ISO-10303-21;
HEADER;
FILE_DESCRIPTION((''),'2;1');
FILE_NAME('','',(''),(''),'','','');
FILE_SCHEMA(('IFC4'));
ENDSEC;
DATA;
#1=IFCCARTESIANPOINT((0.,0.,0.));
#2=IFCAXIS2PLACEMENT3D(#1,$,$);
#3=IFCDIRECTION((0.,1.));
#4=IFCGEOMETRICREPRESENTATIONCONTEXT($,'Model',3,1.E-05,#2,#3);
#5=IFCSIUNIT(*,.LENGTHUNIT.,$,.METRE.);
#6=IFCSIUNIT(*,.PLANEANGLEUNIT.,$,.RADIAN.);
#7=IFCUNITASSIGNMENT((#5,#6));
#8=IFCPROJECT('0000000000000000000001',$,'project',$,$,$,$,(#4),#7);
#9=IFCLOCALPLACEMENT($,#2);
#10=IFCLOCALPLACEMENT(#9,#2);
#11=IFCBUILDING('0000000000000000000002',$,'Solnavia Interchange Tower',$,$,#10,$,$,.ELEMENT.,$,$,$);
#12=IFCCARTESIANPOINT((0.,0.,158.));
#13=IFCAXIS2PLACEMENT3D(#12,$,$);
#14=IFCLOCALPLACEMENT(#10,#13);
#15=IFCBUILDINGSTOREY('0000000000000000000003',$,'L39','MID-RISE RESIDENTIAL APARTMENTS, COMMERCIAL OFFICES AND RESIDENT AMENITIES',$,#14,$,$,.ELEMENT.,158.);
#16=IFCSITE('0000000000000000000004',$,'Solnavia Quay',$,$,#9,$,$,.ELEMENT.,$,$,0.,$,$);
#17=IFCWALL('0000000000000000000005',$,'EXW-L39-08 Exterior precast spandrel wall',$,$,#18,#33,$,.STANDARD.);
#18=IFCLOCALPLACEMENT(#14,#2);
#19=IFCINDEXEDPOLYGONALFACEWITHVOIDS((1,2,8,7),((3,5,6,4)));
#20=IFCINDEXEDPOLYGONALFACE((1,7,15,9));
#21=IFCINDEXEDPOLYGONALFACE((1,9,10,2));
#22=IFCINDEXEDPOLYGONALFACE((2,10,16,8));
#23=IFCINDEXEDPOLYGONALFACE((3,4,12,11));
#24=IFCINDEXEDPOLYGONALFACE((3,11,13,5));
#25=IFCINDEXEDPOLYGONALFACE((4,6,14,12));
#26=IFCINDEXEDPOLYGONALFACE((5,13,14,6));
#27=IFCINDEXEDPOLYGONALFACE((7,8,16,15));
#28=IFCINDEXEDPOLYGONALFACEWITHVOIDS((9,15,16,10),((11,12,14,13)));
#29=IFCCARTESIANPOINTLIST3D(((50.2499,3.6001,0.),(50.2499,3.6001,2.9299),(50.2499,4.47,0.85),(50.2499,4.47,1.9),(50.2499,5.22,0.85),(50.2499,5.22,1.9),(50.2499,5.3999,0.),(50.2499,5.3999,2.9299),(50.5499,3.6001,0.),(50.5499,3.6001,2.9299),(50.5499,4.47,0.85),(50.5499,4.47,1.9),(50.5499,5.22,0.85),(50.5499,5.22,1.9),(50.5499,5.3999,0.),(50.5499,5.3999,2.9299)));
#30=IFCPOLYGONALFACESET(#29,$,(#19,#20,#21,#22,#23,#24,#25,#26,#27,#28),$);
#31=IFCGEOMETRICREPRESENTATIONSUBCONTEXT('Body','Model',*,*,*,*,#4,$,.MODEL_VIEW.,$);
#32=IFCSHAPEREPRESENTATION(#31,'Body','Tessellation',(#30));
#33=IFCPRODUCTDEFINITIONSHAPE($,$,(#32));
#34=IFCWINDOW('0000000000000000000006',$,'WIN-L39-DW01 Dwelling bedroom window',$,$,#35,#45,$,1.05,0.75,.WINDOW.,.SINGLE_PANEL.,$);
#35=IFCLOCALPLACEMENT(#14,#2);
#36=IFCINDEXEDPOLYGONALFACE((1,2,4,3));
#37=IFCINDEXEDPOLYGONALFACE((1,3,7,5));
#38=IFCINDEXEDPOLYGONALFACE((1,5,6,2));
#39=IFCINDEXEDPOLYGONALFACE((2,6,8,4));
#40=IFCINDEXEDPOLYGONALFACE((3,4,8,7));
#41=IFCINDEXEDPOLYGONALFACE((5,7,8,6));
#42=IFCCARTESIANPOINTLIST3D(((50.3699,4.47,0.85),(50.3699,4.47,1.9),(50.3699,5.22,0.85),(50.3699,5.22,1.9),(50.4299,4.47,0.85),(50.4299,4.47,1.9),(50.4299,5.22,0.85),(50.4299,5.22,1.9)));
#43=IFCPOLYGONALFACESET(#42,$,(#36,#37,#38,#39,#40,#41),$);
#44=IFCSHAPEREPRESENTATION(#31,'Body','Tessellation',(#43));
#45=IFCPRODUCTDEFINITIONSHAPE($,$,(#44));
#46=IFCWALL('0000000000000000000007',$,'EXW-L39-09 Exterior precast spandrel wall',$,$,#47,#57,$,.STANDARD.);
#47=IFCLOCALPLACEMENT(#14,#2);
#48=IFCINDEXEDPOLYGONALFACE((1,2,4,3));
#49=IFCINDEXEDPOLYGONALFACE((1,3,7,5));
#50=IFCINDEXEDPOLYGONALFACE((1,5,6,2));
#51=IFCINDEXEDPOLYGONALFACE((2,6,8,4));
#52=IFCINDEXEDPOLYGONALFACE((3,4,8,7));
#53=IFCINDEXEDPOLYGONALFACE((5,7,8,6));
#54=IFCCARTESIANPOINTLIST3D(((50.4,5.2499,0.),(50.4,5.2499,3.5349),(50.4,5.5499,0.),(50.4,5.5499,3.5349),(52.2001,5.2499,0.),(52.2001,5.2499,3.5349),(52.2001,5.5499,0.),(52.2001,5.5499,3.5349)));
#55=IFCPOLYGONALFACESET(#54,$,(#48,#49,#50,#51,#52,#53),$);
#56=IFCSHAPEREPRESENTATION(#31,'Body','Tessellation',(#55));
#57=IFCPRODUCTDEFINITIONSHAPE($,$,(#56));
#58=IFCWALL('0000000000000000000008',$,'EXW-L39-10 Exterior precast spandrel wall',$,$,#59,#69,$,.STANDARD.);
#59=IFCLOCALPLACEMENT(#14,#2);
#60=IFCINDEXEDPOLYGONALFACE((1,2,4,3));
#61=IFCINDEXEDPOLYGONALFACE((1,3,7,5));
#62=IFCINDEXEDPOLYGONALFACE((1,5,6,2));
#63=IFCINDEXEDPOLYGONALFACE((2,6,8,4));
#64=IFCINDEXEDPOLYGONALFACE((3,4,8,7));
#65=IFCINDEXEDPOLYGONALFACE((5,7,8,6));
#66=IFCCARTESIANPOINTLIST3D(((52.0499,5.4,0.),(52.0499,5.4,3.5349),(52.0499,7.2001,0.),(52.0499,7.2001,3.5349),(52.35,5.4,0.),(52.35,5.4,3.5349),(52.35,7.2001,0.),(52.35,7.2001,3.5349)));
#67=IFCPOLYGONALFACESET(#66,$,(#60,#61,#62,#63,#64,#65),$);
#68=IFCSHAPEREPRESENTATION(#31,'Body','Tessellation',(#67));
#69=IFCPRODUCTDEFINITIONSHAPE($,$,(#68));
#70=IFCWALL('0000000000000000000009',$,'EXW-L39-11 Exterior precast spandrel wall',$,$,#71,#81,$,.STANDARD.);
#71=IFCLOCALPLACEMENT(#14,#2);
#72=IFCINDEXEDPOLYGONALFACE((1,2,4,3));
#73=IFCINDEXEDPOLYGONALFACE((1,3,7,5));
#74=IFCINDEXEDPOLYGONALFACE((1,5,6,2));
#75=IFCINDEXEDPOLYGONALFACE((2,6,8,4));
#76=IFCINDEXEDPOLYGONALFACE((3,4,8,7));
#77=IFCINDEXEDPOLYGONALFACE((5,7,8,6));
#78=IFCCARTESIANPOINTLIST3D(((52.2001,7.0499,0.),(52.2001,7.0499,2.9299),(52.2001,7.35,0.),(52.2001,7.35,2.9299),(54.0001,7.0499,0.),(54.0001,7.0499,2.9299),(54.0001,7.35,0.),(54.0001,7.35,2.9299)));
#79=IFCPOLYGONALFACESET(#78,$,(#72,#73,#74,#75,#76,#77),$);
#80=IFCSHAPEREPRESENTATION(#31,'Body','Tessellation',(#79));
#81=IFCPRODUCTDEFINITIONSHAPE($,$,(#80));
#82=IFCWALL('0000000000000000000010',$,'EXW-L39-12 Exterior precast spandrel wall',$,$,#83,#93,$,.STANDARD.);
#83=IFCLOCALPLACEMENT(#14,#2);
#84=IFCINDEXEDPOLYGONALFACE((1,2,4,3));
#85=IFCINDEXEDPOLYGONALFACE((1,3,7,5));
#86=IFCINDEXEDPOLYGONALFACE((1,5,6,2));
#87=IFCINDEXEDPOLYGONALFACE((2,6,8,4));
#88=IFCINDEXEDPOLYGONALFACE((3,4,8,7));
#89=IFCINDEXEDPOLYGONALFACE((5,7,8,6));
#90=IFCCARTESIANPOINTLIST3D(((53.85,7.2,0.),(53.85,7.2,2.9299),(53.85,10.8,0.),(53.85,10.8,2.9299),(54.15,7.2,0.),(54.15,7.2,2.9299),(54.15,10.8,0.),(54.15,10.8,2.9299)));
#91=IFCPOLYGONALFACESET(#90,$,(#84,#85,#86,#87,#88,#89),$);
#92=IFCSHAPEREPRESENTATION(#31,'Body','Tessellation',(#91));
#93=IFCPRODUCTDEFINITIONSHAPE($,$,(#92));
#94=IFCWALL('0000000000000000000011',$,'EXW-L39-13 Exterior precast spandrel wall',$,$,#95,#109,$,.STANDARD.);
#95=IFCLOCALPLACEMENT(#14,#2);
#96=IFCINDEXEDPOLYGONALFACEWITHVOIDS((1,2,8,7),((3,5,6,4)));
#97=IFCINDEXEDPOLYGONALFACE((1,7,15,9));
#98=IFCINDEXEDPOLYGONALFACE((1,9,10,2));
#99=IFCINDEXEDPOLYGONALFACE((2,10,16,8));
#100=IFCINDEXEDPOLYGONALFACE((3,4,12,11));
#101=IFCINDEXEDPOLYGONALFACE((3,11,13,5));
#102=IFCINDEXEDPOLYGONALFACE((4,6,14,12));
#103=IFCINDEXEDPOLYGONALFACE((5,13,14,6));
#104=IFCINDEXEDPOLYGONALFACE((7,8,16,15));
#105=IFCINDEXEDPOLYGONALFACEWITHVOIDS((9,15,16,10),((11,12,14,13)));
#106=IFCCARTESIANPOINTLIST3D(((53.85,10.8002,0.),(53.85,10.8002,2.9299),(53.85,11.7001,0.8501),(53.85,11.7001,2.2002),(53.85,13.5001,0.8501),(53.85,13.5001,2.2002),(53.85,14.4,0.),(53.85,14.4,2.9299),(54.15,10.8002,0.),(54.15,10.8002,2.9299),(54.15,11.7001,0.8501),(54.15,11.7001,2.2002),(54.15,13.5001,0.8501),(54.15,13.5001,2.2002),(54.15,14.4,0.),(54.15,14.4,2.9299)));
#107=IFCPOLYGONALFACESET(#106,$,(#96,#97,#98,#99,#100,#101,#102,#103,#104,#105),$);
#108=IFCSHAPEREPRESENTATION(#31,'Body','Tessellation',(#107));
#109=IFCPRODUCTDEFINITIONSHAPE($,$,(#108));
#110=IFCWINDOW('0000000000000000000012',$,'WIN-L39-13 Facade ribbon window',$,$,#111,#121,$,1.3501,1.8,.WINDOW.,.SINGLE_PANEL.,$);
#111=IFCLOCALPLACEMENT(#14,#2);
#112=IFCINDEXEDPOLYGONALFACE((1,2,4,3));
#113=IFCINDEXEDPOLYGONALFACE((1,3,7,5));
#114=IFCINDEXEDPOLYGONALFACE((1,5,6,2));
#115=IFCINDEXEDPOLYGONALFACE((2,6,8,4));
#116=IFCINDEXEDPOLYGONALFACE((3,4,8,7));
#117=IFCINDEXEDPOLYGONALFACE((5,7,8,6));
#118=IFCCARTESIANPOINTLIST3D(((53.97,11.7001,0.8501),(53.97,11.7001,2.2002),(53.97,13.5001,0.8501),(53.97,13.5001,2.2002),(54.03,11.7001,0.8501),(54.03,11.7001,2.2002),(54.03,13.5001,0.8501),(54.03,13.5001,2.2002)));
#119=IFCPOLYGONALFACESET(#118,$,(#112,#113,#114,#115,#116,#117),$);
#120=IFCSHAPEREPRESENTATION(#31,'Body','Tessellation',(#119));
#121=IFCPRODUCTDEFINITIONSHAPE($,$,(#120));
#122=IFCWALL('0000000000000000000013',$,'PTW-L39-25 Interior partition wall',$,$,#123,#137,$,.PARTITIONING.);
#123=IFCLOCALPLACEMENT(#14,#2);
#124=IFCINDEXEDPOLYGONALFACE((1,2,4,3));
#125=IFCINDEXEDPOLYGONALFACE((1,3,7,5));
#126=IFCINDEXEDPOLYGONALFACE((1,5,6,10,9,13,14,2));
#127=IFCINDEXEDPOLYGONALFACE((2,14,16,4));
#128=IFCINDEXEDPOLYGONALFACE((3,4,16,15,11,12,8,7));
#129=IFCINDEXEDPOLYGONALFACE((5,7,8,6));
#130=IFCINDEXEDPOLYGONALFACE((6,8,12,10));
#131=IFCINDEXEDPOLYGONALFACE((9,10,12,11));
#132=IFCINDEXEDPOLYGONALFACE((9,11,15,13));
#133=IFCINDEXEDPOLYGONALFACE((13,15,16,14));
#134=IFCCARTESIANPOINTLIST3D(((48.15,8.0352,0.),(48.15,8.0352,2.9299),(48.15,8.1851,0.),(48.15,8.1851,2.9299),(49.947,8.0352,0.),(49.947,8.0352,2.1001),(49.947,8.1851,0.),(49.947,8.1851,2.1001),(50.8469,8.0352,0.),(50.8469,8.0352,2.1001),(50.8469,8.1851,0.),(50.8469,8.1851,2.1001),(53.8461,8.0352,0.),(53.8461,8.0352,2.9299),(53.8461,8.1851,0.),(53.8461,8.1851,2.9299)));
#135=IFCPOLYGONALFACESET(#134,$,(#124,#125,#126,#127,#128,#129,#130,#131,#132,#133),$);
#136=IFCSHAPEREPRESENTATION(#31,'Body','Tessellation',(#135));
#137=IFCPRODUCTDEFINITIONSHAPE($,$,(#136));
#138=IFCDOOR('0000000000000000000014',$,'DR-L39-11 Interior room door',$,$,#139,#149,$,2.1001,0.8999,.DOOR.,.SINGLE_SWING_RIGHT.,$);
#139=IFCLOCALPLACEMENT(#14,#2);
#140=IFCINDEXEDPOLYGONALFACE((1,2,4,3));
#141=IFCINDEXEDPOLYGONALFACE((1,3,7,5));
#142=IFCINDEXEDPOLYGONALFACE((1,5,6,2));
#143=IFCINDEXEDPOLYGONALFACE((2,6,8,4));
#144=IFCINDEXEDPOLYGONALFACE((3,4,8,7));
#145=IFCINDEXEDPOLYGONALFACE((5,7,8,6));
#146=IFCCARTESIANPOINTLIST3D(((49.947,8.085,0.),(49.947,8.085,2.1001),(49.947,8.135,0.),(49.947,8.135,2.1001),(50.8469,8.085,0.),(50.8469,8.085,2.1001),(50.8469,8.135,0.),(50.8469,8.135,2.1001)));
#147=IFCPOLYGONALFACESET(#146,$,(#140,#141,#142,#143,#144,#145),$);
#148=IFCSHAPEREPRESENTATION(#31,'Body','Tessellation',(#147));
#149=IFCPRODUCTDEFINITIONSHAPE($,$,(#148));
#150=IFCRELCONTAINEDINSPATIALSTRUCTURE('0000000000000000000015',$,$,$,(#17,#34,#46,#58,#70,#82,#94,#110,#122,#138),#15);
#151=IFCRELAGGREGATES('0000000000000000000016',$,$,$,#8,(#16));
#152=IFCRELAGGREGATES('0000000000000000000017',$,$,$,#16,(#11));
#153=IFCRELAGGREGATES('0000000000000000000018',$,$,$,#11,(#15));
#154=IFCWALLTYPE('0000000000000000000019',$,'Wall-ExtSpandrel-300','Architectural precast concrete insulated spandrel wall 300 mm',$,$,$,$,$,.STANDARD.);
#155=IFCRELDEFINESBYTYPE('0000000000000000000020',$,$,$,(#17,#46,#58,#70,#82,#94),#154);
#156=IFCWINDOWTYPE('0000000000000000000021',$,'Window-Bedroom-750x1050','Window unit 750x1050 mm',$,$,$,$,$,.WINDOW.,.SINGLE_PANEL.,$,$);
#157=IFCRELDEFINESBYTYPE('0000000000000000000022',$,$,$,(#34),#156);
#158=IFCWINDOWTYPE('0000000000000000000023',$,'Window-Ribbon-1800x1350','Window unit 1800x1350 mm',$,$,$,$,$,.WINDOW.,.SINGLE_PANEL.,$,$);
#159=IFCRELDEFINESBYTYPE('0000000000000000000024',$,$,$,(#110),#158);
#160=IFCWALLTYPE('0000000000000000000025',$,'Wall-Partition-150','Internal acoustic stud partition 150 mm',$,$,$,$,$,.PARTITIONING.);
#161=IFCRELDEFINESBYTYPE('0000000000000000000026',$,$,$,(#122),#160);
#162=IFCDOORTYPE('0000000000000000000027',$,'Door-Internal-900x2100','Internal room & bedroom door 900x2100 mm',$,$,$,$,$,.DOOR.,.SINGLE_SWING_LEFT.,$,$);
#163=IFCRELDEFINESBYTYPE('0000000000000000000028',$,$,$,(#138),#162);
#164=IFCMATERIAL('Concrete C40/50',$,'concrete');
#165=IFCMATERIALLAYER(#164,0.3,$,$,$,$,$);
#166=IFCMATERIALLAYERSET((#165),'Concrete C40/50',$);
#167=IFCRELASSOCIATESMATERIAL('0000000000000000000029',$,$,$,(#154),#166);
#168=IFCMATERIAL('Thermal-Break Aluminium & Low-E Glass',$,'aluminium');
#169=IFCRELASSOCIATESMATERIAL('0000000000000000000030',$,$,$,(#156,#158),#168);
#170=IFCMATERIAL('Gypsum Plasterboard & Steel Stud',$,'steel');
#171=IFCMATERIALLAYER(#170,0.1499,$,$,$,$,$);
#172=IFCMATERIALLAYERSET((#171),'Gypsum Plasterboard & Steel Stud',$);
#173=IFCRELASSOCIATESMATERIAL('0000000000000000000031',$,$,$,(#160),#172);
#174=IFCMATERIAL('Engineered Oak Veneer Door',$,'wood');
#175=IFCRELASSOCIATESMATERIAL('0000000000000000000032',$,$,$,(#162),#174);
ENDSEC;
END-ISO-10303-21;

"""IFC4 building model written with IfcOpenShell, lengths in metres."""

from ifc_helpers import new_model, si_unit, direction, frame, frame_2d, origin, place, context, subcontext, project, spatial, rectangle, extrude, material, layer, layer_set, type_object, element, fill, save


model = new_model("IFC4")

# Units and contexts
model_context = context("Model", 3, precision=1e-05, world=origin(), true_north=direction((0.0, 1.0)))
body_context = subcontext(model_context, "Body", "Model", "MODEL_VIEW")
ifc_project = project(units=[si_unit("LENGTHUNIT", "METRE"), si_unit("PLANEANGLEUNIT", "RADIAN")], contexts=[model_context])

# Site, building, storey
site_placement = place(None, origin())
site = spatial("IfcSite", under=ifc_project, at=site_placement, Name="Solnavia Quay", CompositionType="ELEMENT", RefElevation=0.0)
building_placement = place(site_placement, origin())
building = spatial("IfcBuilding", under=site, at=building_placement, Name="Solnavia Interchange Tower", CompositionType="ELEMENT")
storey_placement = place(building_placement, frame((0.0, 0.0, 158.0)))
storey = spatial("IfcBuildingStorey", under=building, at=storey_placement, Name="L39", Description="MID-RISE RESIDENTIAL APARTMENTS, COMMERCIAL OFFICES AND RESIDENT AMENITIES", CompositionType="ELEMENT", Elevation=158.0)

# Shared definitions
ifc_material_1 = material(Name="Concrete C40/50", Category="concrete")
ifc_layer_1 = layer(ifc_material_1, 0.3)
ifc_layer_set_1 = layer_set([ifc_layer_1], Name="Concrete C40/50")
wall_type_1 = type_object("IfcWallType", Name="Wall-ExtSpandrel-300", Description="Architectural precast concrete insulated spandrel wall 300 mm", PredefinedType="STANDARD", material=ifc_layer_set_1)

# Wall, opening, window
wall_1_placement = place(storey_placement, frame((50.3999, 5.3999, 0.0), z_axis=(0.0, 0.0, 1.0), x_axis=(0.0, -1.0, 0.0)))
wall_1 = element("IfcWall", 1, at=wall_1_placement, inside=storey, type_object=wall_type_1, Name="EXW-L39-08 Exterior precast spandrel wall", PredefinedType="STANDARD", context=body_context, shape_type="SweptSolid", body=[
    extrude(rectangle(XDim=1.7998, YDim=0.3, at=frame_2d((0.8999, 0.0))), origin(), (0.0, 0.0, 1.0), 2.9299),
])
opening_1_placement = place(wall_1_placement, frame((0.1799, 0.0, 0.8501)))
opening_1 = element("IfcOpeningElement", 2, at=opening_1_placement, cuts=wall_1, PredefinedType="OPENING", context=body_context, shape_type="SweptSolid", body=[
    extrude(rectangle(XDim=0.75, YDim=1.05, at=frame_2d((0.375, 0.5249))), frame((0.0, 0.1602, 0.0), z_axis=(0.0, -1.0, 0.0), x_axis=(1.0, 0.0, 0.0)), (0.0, 0.0, 1.0), 0.3201),
])
ifc_material_2 = material(Name="Thermal-Break Aluminium & Low-E Glass", Category="aluminium")
window_type_1 = type_object("IfcWindowType", Name="Window-Bedroom-750x1050", Description="Window unit 750x1050 mm", PartitioningType="SINGLE_PANEL", PredefinedType="WINDOW", material=ifc_material_2)
window_1_placement = place(opening_1_placement, origin())
window_1 = element("IfcWindow", 3, at=window_1_placement, inside=storey, type_object=window_type_1, Name="WIN-L39-DW01 Dwelling bedroom window", OverallHeight=1.05, OverallWidth=0.75, PartitioningType="SINGLE_PANEL", PredefinedType="WINDOW", context=body_context, shape_type="SweptSolid", body=[
    extrude(rectangle(XDim=0.75, YDim=1.05, at=frame_2d((0.375, 0.5249))), frame((0.0, 0.03, 0.0), z_axis=(0.0, -1.0, 0.0), x_axis=(1.0, 0.0, 0.0)), (0.0, 0.0, 1.0), 0.0601),
])
fill(opening_1, window_1)

# Walls
for number, where, z_axis, x_axis, name in (
    (4, (52.2, 5.3999, 0.0), (0.0, 0.0, 1.0), (-1.0, 0.0, 0.0), "EXW-L39-09 Exterior precast spandrel wall"),
    (5, (52.2, 7.2, 0.0), (0.0, 0.0, 1.0), (0.0, -1.0, 0.0), "EXW-L39-10 Exterior precast spandrel wall"),
):
    element("IfcWall", number, at=place(storey_placement, frame(where, z_axis=z_axis, x_axis=x_axis)), inside=storey, type_object=wall_type_1, Name=name, PredefinedType="STANDARD", context=body_context, shape_type="SweptSolid", body=[
        extrude(rectangle(XDim=1.8, YDim=0.3, at=frame_2d((0.8999, 0.0))), origin(), (0.0, 0.0, 1.0), 3.5349),
    ])
wall_2_placement = place(storey_placement, frame((54.0, 7.2, 0.0), z_axis=(0.0, 0.0, 1.0), x_axis=(-1.0, 0.0, 0.0)))
element("IfcWall", 6, at=wall_2_placement, inside=storey, type_object=wall_type_1, Name="EXW-L39-11 Exterior precast spandrel wall", PredefinedType="STANDARD", context=body_context, shape_type="SweptSolid", body=[
    extrude(rectangle(XDim=1.8, YDim=0.3, at=frame_2d((0.8999, 0.0))), origin(), (0.0, 0.0, 1.0), 2.9299),
])
wall_3_placement = place(storey_placement, frame((54.0, 10.8, 0.0), z_axis=(0.0, 0.0, 1.0), x_axis=(0.0, -1.0, 0.0)))
element("IfcWall", 7, at=wall_3_placement, inside=storey, type_object=wall_type_1, Name="EXW-L39-12 Exterior precast spandrel wall", PredefinedType="STANDARD", context=body_context, shape_type="SweptSolid", body=[
    extrude(rectangle(XDim=3.6001, YDim=0.3, at=frame_2d((1.8, 0.0))), origin(), (0.0, 0.0, 1.0), 2.9299),
])

# Wall, opening, window
wall_4_placement = place(storey_placement, frame((54.0, 14.3999, 0.0), z_axis=(0.0, 0.0, 1.0), x_axis=(0.0, -1.0, 0.0)))
wall_4 = element("IfcWall", 8, at=wall_4_placement, inside=storey, type_object=wall_type_1, Name="EXW-L39-13 Exterior precast spandrel wall", PredefinedType="STANDARD", context=body_context, shape_type="SweptSolid", body=[
    extrude(rectangle(XDim=3.5999, YDim=0.3, at=frame_2d((1.7998, 0.0))), origin(), (0.0, 0.0, 1.0), 2.9299),
])
opening_2_placement = place(wall_4_placement, frame((0.8999, 0.0, 0.8501)))
opening_2 = element("IfcOpeningElement", 9, at=opening_2_placement, cuts=wall_4, PredefinedType="OPENING", context=body_context, shape_type="SweptSolid", body=[
    extrude(rectangle(XDim=1.8, YDim=1.3501, at=frame_2d((0.8999, 0.675))), frame((0.0, 0.1602, 0.0), z_axis=(0.0, -1.0, 0.0), x_axis=(1.0, 0.0, 0.0)), (0.0, 0.0, 1.0), 0.3201),
])
window_type_2 = type_object("IfcWindowType", Name="Window-Ribbon-1800x1350", Description="Window unit 1800x1350 mm", PartitioningType="SINGLE_PANEL", PredefinedType="WINDOW", material=ifc_material_2)
window_2_placement = place(opening_2_placement, origin())
window_2 = element("IfcWindow", 10, at=window_2_placement, inside=storey, type_object=window_type_2, Name="WIN-L39-13 Facade ribbon window", OverallHeight=1.3501, OverallWidth=1.8, PartitioningType="SINGLE_PANEL", PredefinedType="WINDOW", context=body_context, shape_type="SweptSolid", body=[
    extrude(rectangle(XDim=1.8, YDim=1.3501, at=frame_2d((0.8999, 0.675))), frame((0.0, 0.03, 0.0), z_axis=(0.0, -1.0, 0.0), x_axis=(1.0, 0.0, 0.0)), (0.0, 0.0, 1.0), 0.0601),
])
fill(opening_2, window_2)

# Wall, opening, door
ifc_material_3 = material(Name="Gypsum Plasterboard & Steel Stud", Category="steel")
ifc_layer_2 = layer(ifc_material_3, 0.1499)
ifc_layer_set_2 = layer_set([ifc_layer_2], Name="Gypsum Plasterboard & Steel Stud")
wall_type_2 = type_object("IfcWallType", Name="Wall-Partition-150", Description="Internal acoustic stud partition 150 mm", PredefinedType="PARTITIONING", material=ifc_layer_set_2)
wall_5_placement = place(storey_placement, frame((48.1499, 8.1101, 0.0), z_axis=(0.0, 0.0, 1.0), x_axis=(1.0, 0.0, 0.0)))
wall_5 = element("IfcWall", 11, at=wall_5_placement, inside=storey, type_object=wall_type_2, Name="PTW-L39-25 Interior partition wall", PredefinedType="PARTITIONING", context=body_context, shape_type="SweptSolid", body=[
    extrude(rectangle(XDim=5.696, YDim=0.1499, at=frame_2d((2.8481, 0.0))), origin(), (0.0, 0.0, 1.0), 2.9299),
])
opening_3_placement = place(wall_5_placement, frame((1.7971, 0.0, 0.0)))
opening_3 = element("IfcOpeningElement", 12, at=opening_3_placement, cuts=wall_5, PredefinedType="OPENING", context=body_context, shape_type="SweptSolid", body=[
    extrude(rectangle(XDim=0.8999, YDim=2.1001, at=frame_2d((0.45, 1.05))), frame((0.0, 0.085, 0.0), z_axis=(0.0, -1.0, 0.0), x_axis=(1.0, 0.0, 0.0)), (0.0, 0.0, 1.0), 0.1699),
])
ifc_material_4 = material(Name="Engineered Oak Veneer Door", Category="wood")
door_type_1 = type_object("IfcDoorType", Name="Door-Internal-900x2100", Description="Internal room & bedroom door 900x2100 mm", OperationType="SINGLE_SWING_LEFT", PredefinedType="DOOR", material=ifc_material_4)
door_1_placement = place(opening_3_placement, origin())
door_1 = element("IfcDoor", 13, at=door_1_placement, inside=storey, type_object=door_type_1, Name="DR-L39-11 Interior room door", OperationType="SINGLE_SWING_RIGHT", OverallHeight=2.1001, OverallWidth=0.8999, PredefinedType="DOOR", context=body_context, shape_type="SweptSolid", body=[
    extrude(rectangle(XDim=0.8999, YDim=2.1001, at=frame_2d((0.45, 1.05))), frame((0.0, 0.0249, 0.0), z_axis=(0.0, -1.0, 0.0), x_axis=(1.0, 0.0, 0.0)), (0.0, 0.0, 1.0), 0.05),
])
fill(opening_3, door_1)

save(model, "model.ifc")
